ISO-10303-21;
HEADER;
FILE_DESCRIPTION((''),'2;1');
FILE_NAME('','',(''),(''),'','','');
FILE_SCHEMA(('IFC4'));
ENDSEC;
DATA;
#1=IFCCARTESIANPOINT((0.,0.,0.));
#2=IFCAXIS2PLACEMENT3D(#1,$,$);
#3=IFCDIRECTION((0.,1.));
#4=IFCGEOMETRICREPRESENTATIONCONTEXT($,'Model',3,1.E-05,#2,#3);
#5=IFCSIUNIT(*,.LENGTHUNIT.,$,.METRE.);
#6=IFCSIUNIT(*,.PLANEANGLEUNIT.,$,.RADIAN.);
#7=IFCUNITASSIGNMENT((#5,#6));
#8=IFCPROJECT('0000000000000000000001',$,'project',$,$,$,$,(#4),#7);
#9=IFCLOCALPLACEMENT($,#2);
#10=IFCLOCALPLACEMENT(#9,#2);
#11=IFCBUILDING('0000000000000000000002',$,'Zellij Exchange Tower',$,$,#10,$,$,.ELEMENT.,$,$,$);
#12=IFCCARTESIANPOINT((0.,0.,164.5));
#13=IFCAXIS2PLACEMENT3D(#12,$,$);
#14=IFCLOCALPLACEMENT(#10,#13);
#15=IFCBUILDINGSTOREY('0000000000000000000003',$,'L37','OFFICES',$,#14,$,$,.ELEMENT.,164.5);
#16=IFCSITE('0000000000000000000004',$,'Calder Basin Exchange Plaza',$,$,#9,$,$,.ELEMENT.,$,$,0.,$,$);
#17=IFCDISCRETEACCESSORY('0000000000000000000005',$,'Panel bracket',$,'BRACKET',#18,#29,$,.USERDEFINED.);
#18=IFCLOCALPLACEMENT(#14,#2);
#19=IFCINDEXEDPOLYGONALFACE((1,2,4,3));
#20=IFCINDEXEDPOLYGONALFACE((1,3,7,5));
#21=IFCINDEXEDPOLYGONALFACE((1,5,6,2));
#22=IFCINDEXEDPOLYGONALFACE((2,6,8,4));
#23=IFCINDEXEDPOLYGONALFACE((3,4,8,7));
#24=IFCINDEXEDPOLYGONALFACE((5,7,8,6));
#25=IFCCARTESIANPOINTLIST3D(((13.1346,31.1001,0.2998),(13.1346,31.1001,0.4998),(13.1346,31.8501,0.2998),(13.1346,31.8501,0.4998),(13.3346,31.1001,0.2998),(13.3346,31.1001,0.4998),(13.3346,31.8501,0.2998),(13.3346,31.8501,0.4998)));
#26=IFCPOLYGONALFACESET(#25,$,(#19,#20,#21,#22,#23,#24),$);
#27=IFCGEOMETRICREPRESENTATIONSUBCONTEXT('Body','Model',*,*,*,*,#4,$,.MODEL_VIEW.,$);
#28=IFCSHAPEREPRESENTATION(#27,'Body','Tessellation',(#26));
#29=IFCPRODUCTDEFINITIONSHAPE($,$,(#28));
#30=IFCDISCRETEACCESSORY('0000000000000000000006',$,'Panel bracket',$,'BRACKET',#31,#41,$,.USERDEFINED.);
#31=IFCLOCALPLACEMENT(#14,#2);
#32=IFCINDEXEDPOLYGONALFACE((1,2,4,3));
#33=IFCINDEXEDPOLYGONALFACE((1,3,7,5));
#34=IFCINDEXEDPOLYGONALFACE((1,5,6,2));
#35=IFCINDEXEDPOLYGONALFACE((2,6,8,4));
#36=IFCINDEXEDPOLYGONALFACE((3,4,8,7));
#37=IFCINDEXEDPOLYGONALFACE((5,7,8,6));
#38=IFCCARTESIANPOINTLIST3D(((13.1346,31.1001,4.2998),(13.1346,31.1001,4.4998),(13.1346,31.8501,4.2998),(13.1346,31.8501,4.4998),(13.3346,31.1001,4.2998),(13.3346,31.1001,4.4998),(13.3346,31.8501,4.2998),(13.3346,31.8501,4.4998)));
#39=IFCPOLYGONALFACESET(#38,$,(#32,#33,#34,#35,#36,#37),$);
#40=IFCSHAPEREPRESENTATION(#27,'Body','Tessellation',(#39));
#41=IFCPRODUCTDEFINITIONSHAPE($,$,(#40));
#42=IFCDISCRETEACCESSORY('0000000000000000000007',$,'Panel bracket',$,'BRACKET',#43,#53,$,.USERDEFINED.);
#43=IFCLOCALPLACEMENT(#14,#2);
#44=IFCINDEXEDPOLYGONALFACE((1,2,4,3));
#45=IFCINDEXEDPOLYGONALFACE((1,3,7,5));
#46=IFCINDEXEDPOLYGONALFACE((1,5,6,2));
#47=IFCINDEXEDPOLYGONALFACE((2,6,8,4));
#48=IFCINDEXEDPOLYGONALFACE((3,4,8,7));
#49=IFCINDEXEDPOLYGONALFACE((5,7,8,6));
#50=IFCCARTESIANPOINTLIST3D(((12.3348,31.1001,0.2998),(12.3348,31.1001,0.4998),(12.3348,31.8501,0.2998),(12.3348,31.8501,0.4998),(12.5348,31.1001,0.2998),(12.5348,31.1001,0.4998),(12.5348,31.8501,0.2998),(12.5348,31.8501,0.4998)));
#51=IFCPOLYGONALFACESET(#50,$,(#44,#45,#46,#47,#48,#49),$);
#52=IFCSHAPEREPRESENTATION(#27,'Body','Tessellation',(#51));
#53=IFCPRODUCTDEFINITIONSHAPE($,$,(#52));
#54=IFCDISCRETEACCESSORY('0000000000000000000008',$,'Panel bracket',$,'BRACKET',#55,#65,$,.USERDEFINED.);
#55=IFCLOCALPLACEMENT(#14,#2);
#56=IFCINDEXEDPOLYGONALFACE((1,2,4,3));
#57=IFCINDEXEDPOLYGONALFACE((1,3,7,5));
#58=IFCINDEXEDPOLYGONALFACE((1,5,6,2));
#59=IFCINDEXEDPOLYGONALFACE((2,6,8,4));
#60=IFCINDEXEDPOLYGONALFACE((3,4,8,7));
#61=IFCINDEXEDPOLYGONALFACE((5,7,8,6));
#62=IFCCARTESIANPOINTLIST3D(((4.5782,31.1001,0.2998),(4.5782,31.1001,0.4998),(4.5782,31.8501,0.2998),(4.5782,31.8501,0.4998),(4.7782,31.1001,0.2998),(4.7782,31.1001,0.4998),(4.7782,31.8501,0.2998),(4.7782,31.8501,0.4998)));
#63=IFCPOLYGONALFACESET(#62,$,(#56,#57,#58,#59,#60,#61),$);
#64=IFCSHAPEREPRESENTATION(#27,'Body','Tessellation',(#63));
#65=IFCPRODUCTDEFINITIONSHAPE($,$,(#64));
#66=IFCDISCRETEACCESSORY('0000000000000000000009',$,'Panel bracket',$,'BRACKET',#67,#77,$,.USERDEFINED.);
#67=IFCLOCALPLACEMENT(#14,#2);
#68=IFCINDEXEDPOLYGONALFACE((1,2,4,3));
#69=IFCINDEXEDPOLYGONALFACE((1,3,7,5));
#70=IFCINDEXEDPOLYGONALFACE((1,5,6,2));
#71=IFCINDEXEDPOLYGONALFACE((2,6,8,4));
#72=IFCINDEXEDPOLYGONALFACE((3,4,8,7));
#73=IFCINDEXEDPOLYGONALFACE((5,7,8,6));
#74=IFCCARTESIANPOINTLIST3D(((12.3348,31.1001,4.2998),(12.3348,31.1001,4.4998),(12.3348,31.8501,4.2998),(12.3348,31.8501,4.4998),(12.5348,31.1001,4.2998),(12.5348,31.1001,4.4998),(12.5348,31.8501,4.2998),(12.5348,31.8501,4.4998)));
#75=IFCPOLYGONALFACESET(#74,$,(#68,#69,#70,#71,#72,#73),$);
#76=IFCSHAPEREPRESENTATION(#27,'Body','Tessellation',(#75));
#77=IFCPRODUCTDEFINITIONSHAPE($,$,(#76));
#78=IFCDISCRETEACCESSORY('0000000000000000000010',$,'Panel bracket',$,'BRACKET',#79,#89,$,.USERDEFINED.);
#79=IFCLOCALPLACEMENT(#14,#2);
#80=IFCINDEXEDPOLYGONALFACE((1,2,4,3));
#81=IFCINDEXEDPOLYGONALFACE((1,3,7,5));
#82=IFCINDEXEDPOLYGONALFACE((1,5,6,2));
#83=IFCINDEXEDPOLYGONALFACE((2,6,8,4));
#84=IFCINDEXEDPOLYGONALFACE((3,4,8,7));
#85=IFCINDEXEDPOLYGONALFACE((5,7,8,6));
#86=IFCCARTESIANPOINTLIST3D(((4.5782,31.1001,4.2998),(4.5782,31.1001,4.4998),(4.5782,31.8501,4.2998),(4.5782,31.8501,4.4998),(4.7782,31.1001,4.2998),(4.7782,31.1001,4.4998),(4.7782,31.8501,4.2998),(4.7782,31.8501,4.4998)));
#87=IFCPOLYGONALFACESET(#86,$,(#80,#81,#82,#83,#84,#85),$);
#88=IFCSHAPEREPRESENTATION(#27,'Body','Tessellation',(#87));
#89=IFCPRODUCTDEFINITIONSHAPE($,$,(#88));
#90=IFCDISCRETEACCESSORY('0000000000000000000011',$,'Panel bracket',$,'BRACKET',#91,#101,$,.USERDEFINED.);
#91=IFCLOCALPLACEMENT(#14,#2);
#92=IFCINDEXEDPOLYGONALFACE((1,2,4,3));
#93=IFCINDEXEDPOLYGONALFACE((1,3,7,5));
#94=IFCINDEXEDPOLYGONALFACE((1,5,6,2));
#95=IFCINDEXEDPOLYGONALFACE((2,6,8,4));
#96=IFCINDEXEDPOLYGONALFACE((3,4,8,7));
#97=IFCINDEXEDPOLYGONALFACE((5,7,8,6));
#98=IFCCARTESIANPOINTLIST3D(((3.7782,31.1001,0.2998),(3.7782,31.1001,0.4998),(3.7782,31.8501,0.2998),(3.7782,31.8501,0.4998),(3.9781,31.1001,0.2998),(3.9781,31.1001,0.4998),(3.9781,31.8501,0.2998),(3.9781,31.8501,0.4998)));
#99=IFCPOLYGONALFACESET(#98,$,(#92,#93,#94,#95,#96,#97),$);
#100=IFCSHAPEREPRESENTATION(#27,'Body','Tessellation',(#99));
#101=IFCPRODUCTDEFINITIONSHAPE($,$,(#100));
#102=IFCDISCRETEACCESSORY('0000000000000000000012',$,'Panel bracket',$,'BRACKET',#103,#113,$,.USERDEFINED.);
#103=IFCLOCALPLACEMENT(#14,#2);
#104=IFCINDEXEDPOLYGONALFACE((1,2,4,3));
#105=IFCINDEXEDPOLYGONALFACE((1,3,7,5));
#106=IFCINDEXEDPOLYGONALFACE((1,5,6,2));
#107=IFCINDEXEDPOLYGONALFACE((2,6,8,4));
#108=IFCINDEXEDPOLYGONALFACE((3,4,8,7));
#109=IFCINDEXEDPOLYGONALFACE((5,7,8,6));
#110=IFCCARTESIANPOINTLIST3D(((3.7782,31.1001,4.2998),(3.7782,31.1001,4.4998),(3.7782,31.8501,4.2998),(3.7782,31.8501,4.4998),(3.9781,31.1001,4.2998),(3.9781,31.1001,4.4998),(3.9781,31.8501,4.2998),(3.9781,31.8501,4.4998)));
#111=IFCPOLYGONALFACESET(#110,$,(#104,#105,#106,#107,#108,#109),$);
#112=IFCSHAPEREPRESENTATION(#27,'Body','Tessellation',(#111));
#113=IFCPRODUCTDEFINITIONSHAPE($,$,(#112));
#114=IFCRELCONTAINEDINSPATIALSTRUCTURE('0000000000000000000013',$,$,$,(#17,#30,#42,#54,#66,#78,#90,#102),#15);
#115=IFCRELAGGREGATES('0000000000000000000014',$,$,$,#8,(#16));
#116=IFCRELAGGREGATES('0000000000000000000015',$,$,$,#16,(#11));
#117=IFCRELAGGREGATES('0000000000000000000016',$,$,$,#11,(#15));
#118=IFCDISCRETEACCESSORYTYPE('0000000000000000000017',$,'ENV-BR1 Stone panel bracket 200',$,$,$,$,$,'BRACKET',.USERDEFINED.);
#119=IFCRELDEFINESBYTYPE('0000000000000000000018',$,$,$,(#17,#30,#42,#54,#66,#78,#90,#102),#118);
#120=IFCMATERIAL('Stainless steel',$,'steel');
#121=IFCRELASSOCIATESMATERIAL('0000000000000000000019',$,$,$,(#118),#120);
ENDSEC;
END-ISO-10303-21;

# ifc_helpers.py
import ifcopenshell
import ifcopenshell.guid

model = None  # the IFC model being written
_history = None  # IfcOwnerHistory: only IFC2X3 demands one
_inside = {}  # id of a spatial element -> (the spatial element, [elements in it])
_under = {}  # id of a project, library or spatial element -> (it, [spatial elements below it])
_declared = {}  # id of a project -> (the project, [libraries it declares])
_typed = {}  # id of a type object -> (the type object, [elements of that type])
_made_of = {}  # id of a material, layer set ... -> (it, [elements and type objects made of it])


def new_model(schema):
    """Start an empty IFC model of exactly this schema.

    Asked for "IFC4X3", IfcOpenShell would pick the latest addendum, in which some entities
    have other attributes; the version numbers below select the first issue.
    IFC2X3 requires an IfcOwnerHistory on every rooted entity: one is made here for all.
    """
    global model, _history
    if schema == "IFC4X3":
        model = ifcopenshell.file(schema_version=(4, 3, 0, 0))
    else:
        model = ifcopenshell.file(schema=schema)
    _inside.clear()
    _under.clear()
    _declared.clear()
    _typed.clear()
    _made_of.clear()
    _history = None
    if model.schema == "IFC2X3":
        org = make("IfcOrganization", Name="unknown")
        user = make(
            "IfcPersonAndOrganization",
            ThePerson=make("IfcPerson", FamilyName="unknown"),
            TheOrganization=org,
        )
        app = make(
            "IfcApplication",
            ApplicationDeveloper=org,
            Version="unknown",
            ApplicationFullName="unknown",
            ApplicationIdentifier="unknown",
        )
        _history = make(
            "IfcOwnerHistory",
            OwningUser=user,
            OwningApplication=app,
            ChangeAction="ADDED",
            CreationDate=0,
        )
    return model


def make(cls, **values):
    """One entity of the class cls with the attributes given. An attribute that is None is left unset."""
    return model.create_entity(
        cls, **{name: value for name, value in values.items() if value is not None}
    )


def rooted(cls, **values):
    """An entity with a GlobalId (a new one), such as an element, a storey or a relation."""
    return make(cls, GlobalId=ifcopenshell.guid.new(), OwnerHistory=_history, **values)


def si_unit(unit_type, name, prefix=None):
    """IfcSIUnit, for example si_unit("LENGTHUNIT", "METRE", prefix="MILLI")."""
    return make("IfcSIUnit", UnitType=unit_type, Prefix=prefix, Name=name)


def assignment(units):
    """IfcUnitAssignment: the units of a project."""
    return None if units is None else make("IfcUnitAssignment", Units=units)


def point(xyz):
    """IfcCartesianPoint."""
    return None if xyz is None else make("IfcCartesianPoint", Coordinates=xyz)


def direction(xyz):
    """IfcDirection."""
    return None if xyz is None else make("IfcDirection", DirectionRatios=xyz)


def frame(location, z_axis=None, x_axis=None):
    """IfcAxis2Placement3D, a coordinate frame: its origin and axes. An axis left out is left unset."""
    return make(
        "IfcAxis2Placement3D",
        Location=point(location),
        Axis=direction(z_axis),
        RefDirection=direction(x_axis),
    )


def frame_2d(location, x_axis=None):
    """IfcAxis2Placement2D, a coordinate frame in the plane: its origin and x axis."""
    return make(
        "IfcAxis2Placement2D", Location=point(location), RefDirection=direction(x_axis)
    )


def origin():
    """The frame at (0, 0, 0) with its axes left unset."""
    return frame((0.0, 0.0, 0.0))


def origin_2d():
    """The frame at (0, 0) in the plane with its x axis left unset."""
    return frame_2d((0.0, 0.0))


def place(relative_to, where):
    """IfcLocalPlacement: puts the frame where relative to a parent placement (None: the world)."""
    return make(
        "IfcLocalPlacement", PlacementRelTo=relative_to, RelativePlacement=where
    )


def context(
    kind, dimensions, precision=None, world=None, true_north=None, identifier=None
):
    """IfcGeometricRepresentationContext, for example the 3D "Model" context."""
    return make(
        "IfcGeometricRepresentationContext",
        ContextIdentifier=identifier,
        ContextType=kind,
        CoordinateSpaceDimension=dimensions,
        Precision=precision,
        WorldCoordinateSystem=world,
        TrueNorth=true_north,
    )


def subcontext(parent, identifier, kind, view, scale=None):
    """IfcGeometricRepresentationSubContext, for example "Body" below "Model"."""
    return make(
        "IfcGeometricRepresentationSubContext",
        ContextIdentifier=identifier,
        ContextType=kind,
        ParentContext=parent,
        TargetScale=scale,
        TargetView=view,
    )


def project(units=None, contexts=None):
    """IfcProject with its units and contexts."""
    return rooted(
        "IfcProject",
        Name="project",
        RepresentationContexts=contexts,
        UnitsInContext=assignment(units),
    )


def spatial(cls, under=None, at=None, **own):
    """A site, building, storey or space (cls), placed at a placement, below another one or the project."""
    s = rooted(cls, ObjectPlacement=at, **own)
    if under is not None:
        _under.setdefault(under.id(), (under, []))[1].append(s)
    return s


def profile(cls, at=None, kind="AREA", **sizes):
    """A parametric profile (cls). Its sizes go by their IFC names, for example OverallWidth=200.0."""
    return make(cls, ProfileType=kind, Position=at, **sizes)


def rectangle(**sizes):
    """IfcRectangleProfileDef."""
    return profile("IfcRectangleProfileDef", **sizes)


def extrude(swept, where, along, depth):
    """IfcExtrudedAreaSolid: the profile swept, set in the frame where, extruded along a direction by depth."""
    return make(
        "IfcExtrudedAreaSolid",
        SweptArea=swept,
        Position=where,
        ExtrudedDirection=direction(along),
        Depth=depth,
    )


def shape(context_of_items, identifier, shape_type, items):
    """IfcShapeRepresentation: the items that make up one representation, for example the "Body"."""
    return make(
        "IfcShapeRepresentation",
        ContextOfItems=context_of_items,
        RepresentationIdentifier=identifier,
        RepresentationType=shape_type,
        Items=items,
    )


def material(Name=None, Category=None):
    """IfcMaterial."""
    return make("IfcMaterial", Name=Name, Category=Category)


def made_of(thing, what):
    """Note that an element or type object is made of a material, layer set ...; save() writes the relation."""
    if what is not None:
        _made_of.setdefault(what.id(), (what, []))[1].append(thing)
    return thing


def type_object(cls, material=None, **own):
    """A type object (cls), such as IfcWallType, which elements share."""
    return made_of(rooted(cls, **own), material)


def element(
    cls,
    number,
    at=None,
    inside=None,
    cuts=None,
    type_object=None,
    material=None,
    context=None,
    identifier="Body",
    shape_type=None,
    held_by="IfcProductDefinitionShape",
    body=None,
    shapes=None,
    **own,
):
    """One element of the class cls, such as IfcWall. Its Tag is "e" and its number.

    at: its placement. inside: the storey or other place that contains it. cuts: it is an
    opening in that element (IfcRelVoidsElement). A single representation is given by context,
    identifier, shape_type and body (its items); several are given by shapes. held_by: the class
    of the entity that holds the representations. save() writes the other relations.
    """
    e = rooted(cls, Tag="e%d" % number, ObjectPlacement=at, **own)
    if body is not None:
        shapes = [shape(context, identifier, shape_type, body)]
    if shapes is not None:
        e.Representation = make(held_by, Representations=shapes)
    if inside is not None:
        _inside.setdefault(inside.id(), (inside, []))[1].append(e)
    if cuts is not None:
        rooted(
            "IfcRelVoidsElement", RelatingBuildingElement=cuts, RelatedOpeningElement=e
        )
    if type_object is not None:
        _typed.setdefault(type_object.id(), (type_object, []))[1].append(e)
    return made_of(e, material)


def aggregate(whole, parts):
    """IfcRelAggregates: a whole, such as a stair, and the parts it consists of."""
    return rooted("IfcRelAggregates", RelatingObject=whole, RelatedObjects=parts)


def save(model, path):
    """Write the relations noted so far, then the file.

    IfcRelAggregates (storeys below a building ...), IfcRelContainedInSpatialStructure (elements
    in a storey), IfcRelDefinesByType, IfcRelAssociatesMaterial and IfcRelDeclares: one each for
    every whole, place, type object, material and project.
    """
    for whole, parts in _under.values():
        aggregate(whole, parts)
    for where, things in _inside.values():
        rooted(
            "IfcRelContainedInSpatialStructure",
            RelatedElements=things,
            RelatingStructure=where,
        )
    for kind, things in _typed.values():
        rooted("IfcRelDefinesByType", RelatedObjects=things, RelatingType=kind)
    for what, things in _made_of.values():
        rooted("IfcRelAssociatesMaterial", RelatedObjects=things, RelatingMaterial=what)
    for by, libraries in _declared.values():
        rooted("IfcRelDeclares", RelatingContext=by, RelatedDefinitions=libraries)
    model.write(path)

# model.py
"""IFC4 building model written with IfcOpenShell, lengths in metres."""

from ifc_helpers import new_model, si_unit, direction, frame, origin, origin_2d, place, context, subcontext, project, spatial, rectangle, extrude, material, type_object, element, save


model = new_model("IFC4")

# Units and contexts
model_context = context("Model", 3, precision=1e-05, world=origin(), true_north=direction((0.0, 1.0)))
body_context = subcontext(model_context, "Body", "Model", "MODEL_VIEW")
ifc_project = project(units=[si_unit("LENGTHUNIT", "METRE"), si_unit("PLANEANGLEUNIT", "RADIAN")], contexts=[model_context])

# Site, building, storey
site_placement = place(None, origin())
site = spatial("IfcSite", under=ifc_project, at=site_placement, Name="Calder Basin Exchange Plaza", CompositionType="ELEMENT", RefElevation=0.0)
building_placement = place(site_placement, origin())
building = spatial("IfcBuilding", under=site, at=building_placement, Name="Zellij Exchange Tower", CompositionType="ELEMENT")
storey_placement = place(building_placement, frame((0.0, 0.0, 164.5)))
storey = spatial("IfcBuildingStorey", under=building, at=storey_placement, Name="L37", Description="OFFICES", CompositionType="ELEMENT", Elevation=164.5)

# Discrete accessories
ifc_material_1 = material(Name="Stainless steel", Category="steel")
discrete_accessory_type = type_object("IfcDiscreteAccessoryType", Name="ENV-BR1 Stone panel bracket 200", ElementType="BRACKET", PredefinedType="USERDEFINED", material=ifc_material_1)
for number, where, z_axis, x_axis, name in (
    (1, (13.2346, 31.4751, 0.2998), (0.0, 0.0, 1.0), (-1.0, 0.0, 0.0), "Panel bracket"),
    (2, (13.2346, 31.4751, 4.2998), (0.0, 0.0, 1.0), (-1.0, 0.0, 0.0), "Panel bracket"),
    (3, (12.4348, 31.4751, 0.2998), (0.0, 0.0, 1.0), (-1.0, 0.0, 0.0), "Panel bracket"),
    (4, (4.6782, 31.4751, 0.2998), (0.0, 0.0, 1.0), (-1.0, 0.0, 0.0), "Panel bracket"),
    (5, (12.4348, 31.4751, 4.2998), (0.0, 0.0, 1.0), (-1.0, 0.0, 0.0), "Panel bracket"),
    (6, (4.6782, 31.4751, 4.2998), (0.0, 0.0, 1.0), (-1.0, 0.0, 0.0), "Panel bracket"),
    (7, (3.8782, 31.4751, 0.2998), (0.0, 0.0, 1.0), (-1.0, 0.0, 0.0), "Panel bracket"),
    (8, (3.8782, 31.4751, 4.2998), (0.0, 0.0, 1.0), (-1.0, 0.0, 0.0), "Panel bracket"),
):
    element("IfcDiscreteAccessory", number, at=place(storey_placement, frame(where, z_axis=z_axis, x_axis=x_axis)), inside=storey, type_object=discrete_accessory_type, Name=name, ObjectType="BRACKET", PredefinedType="USERDEFINED", context=body_context, shape_type="SweptSolid", body=[
        extrude(rectangle(XDim=0.2, YDim=0.75, at=origin_2d()), origin(), (0.0, 0.0, 1.0), 0.2),
    ])

save(model, "model.ifc")
